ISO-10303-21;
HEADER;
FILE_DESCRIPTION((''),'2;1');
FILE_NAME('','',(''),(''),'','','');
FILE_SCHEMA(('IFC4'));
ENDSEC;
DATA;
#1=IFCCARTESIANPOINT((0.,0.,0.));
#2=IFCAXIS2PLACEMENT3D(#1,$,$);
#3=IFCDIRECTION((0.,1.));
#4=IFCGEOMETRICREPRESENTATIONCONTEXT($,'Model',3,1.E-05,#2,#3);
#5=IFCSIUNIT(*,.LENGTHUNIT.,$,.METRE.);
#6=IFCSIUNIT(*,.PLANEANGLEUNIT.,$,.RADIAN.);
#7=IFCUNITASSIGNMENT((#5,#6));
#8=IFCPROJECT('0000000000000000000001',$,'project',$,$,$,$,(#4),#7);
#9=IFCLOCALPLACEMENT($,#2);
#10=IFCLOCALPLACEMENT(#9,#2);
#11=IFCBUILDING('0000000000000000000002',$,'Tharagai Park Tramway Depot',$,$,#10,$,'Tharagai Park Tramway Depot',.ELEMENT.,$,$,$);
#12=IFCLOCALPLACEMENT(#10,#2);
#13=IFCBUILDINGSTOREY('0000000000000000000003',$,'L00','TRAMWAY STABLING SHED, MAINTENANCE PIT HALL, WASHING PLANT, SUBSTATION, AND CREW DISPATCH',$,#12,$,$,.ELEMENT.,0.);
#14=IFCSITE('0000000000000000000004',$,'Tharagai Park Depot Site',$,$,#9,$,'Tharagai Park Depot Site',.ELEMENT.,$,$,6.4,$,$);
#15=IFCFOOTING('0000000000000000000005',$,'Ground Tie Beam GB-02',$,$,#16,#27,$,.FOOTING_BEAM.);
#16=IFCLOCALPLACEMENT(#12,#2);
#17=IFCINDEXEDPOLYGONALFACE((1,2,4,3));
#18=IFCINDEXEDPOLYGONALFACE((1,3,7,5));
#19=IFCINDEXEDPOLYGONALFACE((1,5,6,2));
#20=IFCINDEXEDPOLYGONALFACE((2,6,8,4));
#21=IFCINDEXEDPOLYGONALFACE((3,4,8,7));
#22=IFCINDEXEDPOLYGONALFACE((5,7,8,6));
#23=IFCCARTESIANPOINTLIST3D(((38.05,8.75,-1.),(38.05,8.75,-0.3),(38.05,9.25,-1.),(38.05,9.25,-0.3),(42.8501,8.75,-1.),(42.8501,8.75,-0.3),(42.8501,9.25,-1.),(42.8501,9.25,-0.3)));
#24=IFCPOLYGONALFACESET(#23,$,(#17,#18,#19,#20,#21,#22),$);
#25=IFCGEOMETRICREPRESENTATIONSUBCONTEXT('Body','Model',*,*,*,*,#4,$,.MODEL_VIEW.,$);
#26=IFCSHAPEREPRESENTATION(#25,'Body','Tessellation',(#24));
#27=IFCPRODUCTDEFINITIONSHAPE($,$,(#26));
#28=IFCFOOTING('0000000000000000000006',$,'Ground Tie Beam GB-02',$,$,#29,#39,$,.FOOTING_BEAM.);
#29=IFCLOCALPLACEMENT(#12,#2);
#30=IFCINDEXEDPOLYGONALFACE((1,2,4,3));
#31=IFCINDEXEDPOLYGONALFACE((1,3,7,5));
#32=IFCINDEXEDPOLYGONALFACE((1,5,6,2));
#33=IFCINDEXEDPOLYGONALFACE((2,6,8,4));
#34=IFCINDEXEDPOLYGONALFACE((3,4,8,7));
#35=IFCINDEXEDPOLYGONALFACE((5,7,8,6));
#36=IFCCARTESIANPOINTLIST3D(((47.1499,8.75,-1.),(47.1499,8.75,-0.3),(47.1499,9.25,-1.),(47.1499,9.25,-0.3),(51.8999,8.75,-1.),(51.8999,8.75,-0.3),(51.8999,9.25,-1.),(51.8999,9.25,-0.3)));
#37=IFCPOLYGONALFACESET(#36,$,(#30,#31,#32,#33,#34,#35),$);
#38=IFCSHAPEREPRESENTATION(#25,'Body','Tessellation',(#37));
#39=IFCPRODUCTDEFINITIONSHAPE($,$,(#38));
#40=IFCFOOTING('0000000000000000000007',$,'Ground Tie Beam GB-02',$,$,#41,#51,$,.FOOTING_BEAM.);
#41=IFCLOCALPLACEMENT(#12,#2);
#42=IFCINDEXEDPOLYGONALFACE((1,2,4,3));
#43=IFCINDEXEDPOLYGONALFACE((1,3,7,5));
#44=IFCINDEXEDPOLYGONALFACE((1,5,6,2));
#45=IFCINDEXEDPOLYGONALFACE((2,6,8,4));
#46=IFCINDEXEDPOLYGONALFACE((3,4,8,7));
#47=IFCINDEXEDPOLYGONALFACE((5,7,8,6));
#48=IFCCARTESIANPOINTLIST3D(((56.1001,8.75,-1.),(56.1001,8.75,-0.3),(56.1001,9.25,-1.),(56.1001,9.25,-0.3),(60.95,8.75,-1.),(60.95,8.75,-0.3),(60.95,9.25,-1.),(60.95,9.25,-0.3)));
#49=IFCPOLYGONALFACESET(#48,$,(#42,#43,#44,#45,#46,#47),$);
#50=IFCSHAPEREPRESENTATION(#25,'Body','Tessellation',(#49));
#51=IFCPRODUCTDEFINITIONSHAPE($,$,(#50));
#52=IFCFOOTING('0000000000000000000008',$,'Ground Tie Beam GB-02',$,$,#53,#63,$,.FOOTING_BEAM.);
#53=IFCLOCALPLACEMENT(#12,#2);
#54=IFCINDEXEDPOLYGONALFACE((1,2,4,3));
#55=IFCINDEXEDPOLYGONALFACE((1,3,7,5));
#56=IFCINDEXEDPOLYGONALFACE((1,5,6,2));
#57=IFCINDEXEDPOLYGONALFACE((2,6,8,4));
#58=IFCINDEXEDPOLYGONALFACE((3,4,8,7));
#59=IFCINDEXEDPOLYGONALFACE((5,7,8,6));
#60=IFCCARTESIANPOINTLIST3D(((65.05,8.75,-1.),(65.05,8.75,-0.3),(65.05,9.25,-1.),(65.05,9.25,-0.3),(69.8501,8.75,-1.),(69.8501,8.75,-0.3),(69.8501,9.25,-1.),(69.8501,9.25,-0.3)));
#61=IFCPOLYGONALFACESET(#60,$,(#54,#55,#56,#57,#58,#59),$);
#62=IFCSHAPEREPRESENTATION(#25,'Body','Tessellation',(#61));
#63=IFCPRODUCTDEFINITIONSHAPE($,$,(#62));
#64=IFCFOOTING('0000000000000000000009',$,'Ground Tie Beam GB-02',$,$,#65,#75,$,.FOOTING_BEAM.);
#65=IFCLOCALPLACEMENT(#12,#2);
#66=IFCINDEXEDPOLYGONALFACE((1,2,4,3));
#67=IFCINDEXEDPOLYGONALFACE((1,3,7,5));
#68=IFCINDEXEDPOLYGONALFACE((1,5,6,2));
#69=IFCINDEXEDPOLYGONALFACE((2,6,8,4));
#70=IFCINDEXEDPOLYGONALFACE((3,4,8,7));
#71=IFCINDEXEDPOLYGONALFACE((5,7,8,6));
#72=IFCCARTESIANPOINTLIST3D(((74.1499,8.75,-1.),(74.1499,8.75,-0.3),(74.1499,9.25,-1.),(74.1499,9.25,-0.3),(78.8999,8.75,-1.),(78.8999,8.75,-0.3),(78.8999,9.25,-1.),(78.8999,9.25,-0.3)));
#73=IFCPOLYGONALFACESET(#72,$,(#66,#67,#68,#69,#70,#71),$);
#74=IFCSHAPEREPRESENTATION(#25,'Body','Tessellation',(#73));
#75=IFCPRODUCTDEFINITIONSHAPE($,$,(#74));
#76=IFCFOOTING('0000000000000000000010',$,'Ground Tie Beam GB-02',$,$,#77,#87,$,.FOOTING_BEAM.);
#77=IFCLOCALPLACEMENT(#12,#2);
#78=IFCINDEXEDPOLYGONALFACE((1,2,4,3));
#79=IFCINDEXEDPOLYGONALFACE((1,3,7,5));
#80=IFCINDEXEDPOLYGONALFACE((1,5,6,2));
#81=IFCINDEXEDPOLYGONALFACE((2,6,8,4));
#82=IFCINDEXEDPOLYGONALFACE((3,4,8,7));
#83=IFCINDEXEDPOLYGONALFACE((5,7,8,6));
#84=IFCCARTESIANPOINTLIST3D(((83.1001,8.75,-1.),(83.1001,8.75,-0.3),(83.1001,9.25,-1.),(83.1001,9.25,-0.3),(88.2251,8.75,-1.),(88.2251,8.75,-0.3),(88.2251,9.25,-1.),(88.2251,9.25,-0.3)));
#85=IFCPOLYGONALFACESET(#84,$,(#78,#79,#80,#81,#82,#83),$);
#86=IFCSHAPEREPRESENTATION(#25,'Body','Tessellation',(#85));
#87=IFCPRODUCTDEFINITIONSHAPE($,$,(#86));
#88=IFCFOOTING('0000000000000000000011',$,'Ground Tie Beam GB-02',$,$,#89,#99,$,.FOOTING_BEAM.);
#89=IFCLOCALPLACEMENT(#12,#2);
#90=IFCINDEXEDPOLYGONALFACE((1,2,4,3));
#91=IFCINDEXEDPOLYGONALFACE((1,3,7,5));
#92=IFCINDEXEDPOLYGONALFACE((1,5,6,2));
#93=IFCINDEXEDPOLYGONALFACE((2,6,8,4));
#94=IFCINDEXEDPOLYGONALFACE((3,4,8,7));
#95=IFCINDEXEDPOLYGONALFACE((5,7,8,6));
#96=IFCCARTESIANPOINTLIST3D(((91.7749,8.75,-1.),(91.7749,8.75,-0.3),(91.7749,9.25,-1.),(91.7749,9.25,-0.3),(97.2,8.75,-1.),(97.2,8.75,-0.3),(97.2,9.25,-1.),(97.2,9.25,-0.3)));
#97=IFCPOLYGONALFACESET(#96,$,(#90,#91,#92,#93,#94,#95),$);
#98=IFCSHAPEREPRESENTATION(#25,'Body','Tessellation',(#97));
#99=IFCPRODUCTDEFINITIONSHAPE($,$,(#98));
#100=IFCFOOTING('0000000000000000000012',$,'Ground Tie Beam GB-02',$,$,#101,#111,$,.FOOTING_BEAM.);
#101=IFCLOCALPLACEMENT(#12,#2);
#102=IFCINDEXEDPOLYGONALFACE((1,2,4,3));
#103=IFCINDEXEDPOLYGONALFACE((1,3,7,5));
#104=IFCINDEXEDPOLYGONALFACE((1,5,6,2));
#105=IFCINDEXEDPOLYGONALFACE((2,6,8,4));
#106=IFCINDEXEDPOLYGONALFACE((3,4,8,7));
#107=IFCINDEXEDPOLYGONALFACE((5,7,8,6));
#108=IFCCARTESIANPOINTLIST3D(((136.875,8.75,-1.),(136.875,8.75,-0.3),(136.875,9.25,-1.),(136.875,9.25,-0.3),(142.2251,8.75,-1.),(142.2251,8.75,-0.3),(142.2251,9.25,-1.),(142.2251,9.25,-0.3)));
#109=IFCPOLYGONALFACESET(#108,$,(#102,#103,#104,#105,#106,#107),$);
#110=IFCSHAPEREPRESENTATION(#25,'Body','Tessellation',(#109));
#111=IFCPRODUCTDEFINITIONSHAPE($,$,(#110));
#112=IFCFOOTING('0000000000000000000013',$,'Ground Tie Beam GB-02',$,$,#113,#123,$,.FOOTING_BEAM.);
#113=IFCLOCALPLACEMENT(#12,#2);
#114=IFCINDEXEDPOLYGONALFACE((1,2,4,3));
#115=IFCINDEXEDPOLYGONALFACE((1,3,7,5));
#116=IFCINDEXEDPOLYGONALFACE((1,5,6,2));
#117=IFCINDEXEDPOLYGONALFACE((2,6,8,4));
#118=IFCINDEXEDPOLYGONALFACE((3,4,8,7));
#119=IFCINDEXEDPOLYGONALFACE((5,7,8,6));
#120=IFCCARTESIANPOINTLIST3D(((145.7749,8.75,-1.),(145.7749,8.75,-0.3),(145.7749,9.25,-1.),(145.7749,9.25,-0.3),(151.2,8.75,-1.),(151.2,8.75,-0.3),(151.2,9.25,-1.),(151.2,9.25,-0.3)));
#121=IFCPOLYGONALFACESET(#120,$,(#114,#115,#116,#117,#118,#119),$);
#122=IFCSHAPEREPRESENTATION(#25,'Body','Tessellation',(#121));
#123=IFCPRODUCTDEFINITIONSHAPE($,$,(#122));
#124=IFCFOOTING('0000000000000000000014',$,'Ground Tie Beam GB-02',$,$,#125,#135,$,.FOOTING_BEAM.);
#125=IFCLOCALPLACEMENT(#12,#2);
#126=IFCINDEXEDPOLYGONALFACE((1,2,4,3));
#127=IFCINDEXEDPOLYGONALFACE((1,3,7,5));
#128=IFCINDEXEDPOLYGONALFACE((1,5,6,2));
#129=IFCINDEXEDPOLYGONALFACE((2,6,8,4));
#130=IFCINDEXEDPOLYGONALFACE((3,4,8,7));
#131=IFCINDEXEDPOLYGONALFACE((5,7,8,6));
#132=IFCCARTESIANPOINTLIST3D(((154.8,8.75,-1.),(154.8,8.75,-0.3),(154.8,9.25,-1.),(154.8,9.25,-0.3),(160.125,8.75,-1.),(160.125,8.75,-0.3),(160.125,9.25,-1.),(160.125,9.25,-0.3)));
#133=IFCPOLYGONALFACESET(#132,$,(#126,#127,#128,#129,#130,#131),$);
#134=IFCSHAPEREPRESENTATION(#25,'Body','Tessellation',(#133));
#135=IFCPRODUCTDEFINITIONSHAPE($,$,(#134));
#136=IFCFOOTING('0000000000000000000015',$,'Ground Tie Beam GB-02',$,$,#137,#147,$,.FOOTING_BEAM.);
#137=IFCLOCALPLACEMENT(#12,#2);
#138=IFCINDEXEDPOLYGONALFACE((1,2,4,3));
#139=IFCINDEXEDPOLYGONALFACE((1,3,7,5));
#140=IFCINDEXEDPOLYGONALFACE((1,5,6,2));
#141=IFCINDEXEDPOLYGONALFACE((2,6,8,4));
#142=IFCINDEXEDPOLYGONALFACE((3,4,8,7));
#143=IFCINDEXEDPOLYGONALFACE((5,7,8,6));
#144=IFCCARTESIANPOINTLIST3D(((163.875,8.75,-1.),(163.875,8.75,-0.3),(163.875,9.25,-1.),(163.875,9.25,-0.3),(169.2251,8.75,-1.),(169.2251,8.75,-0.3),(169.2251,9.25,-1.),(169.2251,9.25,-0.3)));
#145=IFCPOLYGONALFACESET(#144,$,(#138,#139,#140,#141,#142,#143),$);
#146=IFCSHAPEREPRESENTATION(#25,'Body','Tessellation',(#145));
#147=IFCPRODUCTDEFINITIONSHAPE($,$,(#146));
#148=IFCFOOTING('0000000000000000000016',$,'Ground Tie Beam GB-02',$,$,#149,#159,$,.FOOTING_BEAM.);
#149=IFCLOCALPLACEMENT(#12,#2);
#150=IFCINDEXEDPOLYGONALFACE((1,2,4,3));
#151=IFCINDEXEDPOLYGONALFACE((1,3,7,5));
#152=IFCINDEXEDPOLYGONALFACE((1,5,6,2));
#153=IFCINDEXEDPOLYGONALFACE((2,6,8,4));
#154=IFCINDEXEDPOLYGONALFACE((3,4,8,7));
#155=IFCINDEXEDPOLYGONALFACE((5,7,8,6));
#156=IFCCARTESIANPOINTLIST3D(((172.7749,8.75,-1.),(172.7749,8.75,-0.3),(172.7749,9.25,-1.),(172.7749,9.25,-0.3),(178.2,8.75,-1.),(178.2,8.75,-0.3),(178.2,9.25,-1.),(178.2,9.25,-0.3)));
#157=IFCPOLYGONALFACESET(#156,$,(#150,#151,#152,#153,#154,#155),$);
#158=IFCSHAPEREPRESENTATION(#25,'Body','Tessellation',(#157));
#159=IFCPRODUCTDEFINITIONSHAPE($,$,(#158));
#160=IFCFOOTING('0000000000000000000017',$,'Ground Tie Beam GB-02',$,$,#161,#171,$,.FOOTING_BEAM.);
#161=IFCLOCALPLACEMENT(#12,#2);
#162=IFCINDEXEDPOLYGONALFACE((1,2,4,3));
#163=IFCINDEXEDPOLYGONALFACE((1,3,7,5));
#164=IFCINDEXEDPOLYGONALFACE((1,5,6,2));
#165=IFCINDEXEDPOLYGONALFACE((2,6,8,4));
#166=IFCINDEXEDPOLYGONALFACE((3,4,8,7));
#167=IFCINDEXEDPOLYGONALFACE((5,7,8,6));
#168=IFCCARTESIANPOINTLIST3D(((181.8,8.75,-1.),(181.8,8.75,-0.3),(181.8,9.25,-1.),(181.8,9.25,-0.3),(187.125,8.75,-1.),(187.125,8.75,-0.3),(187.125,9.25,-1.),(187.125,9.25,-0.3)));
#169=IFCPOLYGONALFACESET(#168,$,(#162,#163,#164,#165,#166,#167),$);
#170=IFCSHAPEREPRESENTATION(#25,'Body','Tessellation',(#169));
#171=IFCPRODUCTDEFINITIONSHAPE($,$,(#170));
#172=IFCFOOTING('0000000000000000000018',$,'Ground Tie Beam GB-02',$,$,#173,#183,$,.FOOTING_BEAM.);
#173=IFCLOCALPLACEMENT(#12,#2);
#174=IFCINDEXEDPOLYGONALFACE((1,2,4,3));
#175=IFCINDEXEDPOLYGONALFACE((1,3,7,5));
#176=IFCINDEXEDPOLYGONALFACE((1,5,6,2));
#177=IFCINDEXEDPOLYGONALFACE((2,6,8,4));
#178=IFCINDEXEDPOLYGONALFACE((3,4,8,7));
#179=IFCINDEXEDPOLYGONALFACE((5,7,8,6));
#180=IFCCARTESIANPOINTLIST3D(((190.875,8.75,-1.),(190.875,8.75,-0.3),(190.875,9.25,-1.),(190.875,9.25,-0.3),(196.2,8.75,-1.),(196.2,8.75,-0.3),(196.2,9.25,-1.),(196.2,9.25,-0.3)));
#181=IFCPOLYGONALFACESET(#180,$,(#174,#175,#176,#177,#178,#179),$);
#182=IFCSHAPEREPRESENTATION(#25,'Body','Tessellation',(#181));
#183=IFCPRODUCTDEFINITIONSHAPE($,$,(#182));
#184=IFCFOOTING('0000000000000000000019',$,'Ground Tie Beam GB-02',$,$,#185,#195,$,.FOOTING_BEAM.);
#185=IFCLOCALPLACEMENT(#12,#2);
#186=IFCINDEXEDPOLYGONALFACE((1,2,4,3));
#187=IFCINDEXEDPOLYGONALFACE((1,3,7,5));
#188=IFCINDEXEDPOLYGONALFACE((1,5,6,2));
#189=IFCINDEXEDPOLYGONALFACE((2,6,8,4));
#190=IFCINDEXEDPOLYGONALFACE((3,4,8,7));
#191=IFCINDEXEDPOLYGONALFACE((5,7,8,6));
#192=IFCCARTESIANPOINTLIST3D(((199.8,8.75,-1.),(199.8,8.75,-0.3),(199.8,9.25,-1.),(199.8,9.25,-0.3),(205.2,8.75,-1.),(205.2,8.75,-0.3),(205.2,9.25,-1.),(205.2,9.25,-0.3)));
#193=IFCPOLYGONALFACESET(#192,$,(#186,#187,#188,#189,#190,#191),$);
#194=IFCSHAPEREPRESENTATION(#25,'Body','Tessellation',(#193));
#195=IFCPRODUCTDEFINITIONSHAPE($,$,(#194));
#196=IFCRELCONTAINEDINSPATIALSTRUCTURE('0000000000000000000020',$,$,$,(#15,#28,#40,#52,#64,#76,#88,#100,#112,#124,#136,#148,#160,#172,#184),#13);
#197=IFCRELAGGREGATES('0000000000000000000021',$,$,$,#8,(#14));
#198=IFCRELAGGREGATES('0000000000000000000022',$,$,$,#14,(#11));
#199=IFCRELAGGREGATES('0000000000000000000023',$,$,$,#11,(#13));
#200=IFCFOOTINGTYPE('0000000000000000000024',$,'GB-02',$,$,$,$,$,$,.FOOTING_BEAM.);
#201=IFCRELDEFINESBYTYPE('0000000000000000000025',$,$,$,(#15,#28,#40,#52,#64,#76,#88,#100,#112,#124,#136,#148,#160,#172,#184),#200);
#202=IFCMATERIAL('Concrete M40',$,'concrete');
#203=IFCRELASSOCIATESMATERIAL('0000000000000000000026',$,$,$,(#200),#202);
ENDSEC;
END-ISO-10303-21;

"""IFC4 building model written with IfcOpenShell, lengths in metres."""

from ifc_helpers import new_model, si_unit, direction, frame, origin, place, context, subcontext, project, spatial, polyline, outline, extrude, material, type_object, element, save


model = new_model("IFC4")

# Units and contexts
model_context = context("Model", 3, precision=1e-05, world=origin(), true_north=direction((0.0, 1.0)))
body_context = subcontext(model_context, "Body", "Model", "MODEL_VIEW")
ifc_project = project(units=[si_unit("LENGTHUNIT", "METRE"), si_unit("PLANEANGLEUNIT", "RADIAN")], contexts=[model_context])

# Site, building, storey
site_placement = place(None, origin())
site = spatial("IfcSite", under=ifc_project, at=site_placement, Name="Tharagai Park Depot Site", LongName="Tharagai Park Depot Site", CompositionType="ELEMENT", RefElevation=6.4)
building_placement = place(site_placement, origin())
building = spatial("IfcBuilding", under=site, at=building_placement, Name="Tharagai Park Tramway Depot", LongName="Tharagai Park Tramway Depot", CompositionType="ELEMENT")
storey_placement = place(building_placement, origin())
storey = spatial("IfcBuildingStorey", under=building, at=storey_placement, Name="L00", Description="TRAMWAY STABLING SHED, MAINTENANCE PIT HALL, WASHING PLANT, SUBSTATION, AND CREW DISPATCH", CompositionType="ELEMENT", Elevation=0.0)

# Footings
ifc_material = material(Name="Concrete M40", Category="concrete")
footing_type = type_object("IfcFootingType", Name="GB-02", PredefinedType="FOOTING_BEAM", material=ifc_material)
footing_1_placement = place(storey_placement, frame((0.0, 0.0, -1.0)))
element("IfcFooting", 1, at=footing_1_placement, inside=storey, type_object=footing_type, Name="Ground Tie Beam GB-02", PredefinedType="FOOTING_BEAM", context=body_context, shape_type="SweptSolid", body=[
    extrude(outline(polyline([(38.05, 8.75), (42.8501, 8.75), (42.8501, 9.25), (38.05, 9.25), (38.05, 8.75)])), origin(), (0.0, 0.0, 1.0), 0.7),
])
footing_2_placement = place(storey_placement, frame((0.0, 0.0, -1.0)))
element("IfcFooting", 2, at=footing_2_placement, inside=storey, type_object=footing_type, Name="Ground Tie Beam GB-02", PredefinedType="FOOTING_BEAM", context=body_context, shape_type="SweptSolid", body=[
    extrude(outline(polyline([(47.1499, 8.75), (51.8999, 8.75), (51.8999, 9.25), (47.1499, 9.25), (47.1499, 8.75)])), origin(), (0.0, 0.0, 1.0), 0.7),
])
footing_3_placement = place(storey_placement, frame((0.0, 0.0, -1.0)))
element("IfcFooting", 3, at=footing_3_placement, inside=storey, type_object=footing_type, Name="Ground Tie Beam GB-02", PredefinedType="FOOTING_BEAM", context=body_context, shape_type="SweptSolid", body=[
    extrude(outline(polyline([(56.1001, 8.75), (60.95, 8.75), (60.95, 9.25), (56.1001, 9.25), (56.1001, 8.75)])), origin(), (0.0, 0.0, 1.0), 0.7),
])
footing_4_placement = place(storey_placement, frame((0.0, 0.0, -1.0)))
element("IfcFooting", 4, at=footing_4_placement, inside=storey, type_object=footing_type, Name="Ground Tie Beam GB-02", PredefinedType="FOOTING_BEAM", context=body_context, shape_type="SweptSolid", body=[
    extrude(outline(polyline([(65.05, 8.75), (69.8501, 8.75), (69.8501, 9.25), (65.05, 9.25), (65.05, 8.75)])), origin(), (0.0, 0.0, 1.0), 0.7),
])
footing_5_placement = place(storey_placement, frame((0.0, 0.0, -1.0)))
element("IfcFooting", 5, at=footing_5_placement, inside=storey, type_object=footing_type, Name="Ground Tie Beam GB-02", PredefinedType="FOOTING_BEAM", context=body_context, shape_type="SweptSolid", body=[
    extrude(outline(polyline([(74.1499, 8.75), (78.8999, 8.75), (78.8999, 9.25), (74.1499, 9.25), (74.1499, 8.75)])), origin(), (0.0, 0.0, 1.0), 0.7),
])
footing_6_placement = place(storey_placement, frame((0.0, 0.0, -1.0)))
element("IfcFooting", 6, at=footing_6_placement, inside=storey, type_object=footing_type, Name="Ground Tie Beam GB-02", PredefinedType="FOOTING_BEAM", context=body_context, shape_type="SweptSolid", body=[
    extrude(outline(polyline([(83.1001, 8.75), (88.2251, 8.75), (88.2251, 9.25), (83.1001, 9.25), (83.1001, 8.75)])), origin(), (0.0, 0.0, 1.0), 0.7),
])
footing_7_placement = place(storey_placement, frame((0.0, 0.0, -1.0)))
element("IfcFooting", 7, at=footing_7_placement, inside=storey, type_object=footing_type, Name="Ground Tie Beam GB-02", PredefinedType="FOOTING_BEAM", context=body_context, shape_type="SweptSolid", body=[
    extrude(outline(polyline([(91.7749, 8.75), (97.2, 8.75), (97.2, 9.25), (91.7749, 9.25), (91.7749, 8.75)])), origin(), (0.0, 0.0, 1.0), 0.7),
])
footing_8_placement = place(storey_placement, frame((0.0, 0.0, -1.0)))
element("IfcFooting", 8, at=footing_8_placement, inside=storey, type_object=footing_type, Name="Ground Tie Beam GB-02", PredefinedType="FOOTING_BEAM", context=body_context, shape_type="SweptSolid", body=[
    extrude(outline(polyline([(136.875, 8.75), (142.2251, 8.75), (142.2251, 9.25), (136.875, 9.25), (136.875, 8.75)])), origin(), (0.0, 0.0, 1.0), 0.7),
])
footing_9_placement = place(storey_placement, frame((0.0, 0.0, -1.0)))
element("IfcFooting", 9, at=footing_9_placement, inside=storey, type_object=footing_type, Name="Ground Tie Beam GB-02", PredefinedType="FOOTING_BEAM", context=body_context, shape_type="SweptSolid", body=[
    extrude(outline(polyline([(145.7749, 8.75), (151.2, 8.75), (151.2, 9.25), (145.7749, 9.25), (145.7749, 8.75)])), origin(), (0.0, 0.0, 1.0), 0.7),
])
footing_10_placement = place(storey_placement, frame((0.0, 0.0, -1.0)))
element("IfcFooting", 10, at=footing_10_placement, inside=storey, type_object=footing_type, Name="Ground Tie Beam GB-02", PredefinedType="FOOTING_BEAM", context=body_context, shape_type="SweptSolid", body=[
    extrude(outline(polyline([(154.8, 8.75), (160.125, 8.75), (160.125, 9.25), (154.8, 9.25), (154.8, 8.75)])), origin(), (0.0, 0.0, 1.0), 0.7),
])
footing_11_placement = place(storey_placement, frame((0.0, 0.0, -1.0)))
element("IfcFooting", 11, at=footing_11_placement, inside=storey, type_object=footing_type, Name="Ground Tie Beam GB-02", PredefinedType="FOOTING_BEAM", context=body_context, shape_type="SweptSolid", body=[
    extrude(outline(polyline([(163.875, 8.75), (169.2251, 8.75), (169.2251, 9.25), (163.875, 9.25), (163.875, 8.75)])), origin(), (0.0, 0.0, 1.0), 0.7),
])
footing_12_placement = place(storey_placement, frame((0.0, 0.0, -1.0)))
element("IfcFooting", 12, at=footing_12_placement, inside=storey, type_object=footing_type, Name="Ground Tie Beam GB-02", PredefinedType="FOOTING_BEAM", context=body_context, shape_type="SweptSolid", body=[
    extrude(outline(polyline([(172.7749, 8.75), (178.2, 8.75), (178.2, 9.25), (172.7749, 9.25), (172.7749, 8.75)])), origin(), (0.0, 0.0, 1.0), 0.7),
])
footing_13_placement = place(storey_placement, frame((0.0, 0.0, -1.0)))
element("IfcFooting", 13, at=footing_13_placement, inside=storey, type_object=footing_type, Name="Ground Tie Beam GB-02", PredefinedType="FOOTING_BEAM", context=body_context, shape_type="SweptSolid", body=[
    extrude(outline(polyline([(181.8, 8.75), (187.125, 8.75), (187.125, 9.25), (181.8, 9.25), (181.8, 8.75)])), origin(), (0.0, 0.0, 1.0), 0.7),
])
footing_14_placement = place(storey_placement, frame((0.0, 0.0, -1.0)))
element("IfcFooting", 14, at=footing_14_placement, inside=storey, type_object=footing_type, Name="Ground Tie Beam GB-02", PredefinedType="FOOTING_BEAM", context=body_context, shape_type="SweptSolid", body=[
    extrude(outline(polyline([(190.875, 8.75), (196.2, 8.75), (196.2, 9.25), (190.875, 9.25), (190.875, 8.75)])), origin(), (0.0, 0.0, 1.0), 0.7),
])
footing_15_placement = place(storey_placement, frame((0.0, 0.0, -1.0)))
element("IfcFooting", 15, at=footing_15_placement, inside=storey, type_object=footing_type, Name="Ground Tie Beam GB-02", PredefinedType="FOOTING_BEAM", context=body_context, shape_type="SweptSolid", body=[
    extrude(outline(polyline([(199.8, 8.75), (205.2, 8.75), (205.2, 9.25), (199.8, 9.25), (199.8, 8.75)])), origin(), (0.0, 0.0, 1.0), 0.7),
])

save(model, "model.ifc")
